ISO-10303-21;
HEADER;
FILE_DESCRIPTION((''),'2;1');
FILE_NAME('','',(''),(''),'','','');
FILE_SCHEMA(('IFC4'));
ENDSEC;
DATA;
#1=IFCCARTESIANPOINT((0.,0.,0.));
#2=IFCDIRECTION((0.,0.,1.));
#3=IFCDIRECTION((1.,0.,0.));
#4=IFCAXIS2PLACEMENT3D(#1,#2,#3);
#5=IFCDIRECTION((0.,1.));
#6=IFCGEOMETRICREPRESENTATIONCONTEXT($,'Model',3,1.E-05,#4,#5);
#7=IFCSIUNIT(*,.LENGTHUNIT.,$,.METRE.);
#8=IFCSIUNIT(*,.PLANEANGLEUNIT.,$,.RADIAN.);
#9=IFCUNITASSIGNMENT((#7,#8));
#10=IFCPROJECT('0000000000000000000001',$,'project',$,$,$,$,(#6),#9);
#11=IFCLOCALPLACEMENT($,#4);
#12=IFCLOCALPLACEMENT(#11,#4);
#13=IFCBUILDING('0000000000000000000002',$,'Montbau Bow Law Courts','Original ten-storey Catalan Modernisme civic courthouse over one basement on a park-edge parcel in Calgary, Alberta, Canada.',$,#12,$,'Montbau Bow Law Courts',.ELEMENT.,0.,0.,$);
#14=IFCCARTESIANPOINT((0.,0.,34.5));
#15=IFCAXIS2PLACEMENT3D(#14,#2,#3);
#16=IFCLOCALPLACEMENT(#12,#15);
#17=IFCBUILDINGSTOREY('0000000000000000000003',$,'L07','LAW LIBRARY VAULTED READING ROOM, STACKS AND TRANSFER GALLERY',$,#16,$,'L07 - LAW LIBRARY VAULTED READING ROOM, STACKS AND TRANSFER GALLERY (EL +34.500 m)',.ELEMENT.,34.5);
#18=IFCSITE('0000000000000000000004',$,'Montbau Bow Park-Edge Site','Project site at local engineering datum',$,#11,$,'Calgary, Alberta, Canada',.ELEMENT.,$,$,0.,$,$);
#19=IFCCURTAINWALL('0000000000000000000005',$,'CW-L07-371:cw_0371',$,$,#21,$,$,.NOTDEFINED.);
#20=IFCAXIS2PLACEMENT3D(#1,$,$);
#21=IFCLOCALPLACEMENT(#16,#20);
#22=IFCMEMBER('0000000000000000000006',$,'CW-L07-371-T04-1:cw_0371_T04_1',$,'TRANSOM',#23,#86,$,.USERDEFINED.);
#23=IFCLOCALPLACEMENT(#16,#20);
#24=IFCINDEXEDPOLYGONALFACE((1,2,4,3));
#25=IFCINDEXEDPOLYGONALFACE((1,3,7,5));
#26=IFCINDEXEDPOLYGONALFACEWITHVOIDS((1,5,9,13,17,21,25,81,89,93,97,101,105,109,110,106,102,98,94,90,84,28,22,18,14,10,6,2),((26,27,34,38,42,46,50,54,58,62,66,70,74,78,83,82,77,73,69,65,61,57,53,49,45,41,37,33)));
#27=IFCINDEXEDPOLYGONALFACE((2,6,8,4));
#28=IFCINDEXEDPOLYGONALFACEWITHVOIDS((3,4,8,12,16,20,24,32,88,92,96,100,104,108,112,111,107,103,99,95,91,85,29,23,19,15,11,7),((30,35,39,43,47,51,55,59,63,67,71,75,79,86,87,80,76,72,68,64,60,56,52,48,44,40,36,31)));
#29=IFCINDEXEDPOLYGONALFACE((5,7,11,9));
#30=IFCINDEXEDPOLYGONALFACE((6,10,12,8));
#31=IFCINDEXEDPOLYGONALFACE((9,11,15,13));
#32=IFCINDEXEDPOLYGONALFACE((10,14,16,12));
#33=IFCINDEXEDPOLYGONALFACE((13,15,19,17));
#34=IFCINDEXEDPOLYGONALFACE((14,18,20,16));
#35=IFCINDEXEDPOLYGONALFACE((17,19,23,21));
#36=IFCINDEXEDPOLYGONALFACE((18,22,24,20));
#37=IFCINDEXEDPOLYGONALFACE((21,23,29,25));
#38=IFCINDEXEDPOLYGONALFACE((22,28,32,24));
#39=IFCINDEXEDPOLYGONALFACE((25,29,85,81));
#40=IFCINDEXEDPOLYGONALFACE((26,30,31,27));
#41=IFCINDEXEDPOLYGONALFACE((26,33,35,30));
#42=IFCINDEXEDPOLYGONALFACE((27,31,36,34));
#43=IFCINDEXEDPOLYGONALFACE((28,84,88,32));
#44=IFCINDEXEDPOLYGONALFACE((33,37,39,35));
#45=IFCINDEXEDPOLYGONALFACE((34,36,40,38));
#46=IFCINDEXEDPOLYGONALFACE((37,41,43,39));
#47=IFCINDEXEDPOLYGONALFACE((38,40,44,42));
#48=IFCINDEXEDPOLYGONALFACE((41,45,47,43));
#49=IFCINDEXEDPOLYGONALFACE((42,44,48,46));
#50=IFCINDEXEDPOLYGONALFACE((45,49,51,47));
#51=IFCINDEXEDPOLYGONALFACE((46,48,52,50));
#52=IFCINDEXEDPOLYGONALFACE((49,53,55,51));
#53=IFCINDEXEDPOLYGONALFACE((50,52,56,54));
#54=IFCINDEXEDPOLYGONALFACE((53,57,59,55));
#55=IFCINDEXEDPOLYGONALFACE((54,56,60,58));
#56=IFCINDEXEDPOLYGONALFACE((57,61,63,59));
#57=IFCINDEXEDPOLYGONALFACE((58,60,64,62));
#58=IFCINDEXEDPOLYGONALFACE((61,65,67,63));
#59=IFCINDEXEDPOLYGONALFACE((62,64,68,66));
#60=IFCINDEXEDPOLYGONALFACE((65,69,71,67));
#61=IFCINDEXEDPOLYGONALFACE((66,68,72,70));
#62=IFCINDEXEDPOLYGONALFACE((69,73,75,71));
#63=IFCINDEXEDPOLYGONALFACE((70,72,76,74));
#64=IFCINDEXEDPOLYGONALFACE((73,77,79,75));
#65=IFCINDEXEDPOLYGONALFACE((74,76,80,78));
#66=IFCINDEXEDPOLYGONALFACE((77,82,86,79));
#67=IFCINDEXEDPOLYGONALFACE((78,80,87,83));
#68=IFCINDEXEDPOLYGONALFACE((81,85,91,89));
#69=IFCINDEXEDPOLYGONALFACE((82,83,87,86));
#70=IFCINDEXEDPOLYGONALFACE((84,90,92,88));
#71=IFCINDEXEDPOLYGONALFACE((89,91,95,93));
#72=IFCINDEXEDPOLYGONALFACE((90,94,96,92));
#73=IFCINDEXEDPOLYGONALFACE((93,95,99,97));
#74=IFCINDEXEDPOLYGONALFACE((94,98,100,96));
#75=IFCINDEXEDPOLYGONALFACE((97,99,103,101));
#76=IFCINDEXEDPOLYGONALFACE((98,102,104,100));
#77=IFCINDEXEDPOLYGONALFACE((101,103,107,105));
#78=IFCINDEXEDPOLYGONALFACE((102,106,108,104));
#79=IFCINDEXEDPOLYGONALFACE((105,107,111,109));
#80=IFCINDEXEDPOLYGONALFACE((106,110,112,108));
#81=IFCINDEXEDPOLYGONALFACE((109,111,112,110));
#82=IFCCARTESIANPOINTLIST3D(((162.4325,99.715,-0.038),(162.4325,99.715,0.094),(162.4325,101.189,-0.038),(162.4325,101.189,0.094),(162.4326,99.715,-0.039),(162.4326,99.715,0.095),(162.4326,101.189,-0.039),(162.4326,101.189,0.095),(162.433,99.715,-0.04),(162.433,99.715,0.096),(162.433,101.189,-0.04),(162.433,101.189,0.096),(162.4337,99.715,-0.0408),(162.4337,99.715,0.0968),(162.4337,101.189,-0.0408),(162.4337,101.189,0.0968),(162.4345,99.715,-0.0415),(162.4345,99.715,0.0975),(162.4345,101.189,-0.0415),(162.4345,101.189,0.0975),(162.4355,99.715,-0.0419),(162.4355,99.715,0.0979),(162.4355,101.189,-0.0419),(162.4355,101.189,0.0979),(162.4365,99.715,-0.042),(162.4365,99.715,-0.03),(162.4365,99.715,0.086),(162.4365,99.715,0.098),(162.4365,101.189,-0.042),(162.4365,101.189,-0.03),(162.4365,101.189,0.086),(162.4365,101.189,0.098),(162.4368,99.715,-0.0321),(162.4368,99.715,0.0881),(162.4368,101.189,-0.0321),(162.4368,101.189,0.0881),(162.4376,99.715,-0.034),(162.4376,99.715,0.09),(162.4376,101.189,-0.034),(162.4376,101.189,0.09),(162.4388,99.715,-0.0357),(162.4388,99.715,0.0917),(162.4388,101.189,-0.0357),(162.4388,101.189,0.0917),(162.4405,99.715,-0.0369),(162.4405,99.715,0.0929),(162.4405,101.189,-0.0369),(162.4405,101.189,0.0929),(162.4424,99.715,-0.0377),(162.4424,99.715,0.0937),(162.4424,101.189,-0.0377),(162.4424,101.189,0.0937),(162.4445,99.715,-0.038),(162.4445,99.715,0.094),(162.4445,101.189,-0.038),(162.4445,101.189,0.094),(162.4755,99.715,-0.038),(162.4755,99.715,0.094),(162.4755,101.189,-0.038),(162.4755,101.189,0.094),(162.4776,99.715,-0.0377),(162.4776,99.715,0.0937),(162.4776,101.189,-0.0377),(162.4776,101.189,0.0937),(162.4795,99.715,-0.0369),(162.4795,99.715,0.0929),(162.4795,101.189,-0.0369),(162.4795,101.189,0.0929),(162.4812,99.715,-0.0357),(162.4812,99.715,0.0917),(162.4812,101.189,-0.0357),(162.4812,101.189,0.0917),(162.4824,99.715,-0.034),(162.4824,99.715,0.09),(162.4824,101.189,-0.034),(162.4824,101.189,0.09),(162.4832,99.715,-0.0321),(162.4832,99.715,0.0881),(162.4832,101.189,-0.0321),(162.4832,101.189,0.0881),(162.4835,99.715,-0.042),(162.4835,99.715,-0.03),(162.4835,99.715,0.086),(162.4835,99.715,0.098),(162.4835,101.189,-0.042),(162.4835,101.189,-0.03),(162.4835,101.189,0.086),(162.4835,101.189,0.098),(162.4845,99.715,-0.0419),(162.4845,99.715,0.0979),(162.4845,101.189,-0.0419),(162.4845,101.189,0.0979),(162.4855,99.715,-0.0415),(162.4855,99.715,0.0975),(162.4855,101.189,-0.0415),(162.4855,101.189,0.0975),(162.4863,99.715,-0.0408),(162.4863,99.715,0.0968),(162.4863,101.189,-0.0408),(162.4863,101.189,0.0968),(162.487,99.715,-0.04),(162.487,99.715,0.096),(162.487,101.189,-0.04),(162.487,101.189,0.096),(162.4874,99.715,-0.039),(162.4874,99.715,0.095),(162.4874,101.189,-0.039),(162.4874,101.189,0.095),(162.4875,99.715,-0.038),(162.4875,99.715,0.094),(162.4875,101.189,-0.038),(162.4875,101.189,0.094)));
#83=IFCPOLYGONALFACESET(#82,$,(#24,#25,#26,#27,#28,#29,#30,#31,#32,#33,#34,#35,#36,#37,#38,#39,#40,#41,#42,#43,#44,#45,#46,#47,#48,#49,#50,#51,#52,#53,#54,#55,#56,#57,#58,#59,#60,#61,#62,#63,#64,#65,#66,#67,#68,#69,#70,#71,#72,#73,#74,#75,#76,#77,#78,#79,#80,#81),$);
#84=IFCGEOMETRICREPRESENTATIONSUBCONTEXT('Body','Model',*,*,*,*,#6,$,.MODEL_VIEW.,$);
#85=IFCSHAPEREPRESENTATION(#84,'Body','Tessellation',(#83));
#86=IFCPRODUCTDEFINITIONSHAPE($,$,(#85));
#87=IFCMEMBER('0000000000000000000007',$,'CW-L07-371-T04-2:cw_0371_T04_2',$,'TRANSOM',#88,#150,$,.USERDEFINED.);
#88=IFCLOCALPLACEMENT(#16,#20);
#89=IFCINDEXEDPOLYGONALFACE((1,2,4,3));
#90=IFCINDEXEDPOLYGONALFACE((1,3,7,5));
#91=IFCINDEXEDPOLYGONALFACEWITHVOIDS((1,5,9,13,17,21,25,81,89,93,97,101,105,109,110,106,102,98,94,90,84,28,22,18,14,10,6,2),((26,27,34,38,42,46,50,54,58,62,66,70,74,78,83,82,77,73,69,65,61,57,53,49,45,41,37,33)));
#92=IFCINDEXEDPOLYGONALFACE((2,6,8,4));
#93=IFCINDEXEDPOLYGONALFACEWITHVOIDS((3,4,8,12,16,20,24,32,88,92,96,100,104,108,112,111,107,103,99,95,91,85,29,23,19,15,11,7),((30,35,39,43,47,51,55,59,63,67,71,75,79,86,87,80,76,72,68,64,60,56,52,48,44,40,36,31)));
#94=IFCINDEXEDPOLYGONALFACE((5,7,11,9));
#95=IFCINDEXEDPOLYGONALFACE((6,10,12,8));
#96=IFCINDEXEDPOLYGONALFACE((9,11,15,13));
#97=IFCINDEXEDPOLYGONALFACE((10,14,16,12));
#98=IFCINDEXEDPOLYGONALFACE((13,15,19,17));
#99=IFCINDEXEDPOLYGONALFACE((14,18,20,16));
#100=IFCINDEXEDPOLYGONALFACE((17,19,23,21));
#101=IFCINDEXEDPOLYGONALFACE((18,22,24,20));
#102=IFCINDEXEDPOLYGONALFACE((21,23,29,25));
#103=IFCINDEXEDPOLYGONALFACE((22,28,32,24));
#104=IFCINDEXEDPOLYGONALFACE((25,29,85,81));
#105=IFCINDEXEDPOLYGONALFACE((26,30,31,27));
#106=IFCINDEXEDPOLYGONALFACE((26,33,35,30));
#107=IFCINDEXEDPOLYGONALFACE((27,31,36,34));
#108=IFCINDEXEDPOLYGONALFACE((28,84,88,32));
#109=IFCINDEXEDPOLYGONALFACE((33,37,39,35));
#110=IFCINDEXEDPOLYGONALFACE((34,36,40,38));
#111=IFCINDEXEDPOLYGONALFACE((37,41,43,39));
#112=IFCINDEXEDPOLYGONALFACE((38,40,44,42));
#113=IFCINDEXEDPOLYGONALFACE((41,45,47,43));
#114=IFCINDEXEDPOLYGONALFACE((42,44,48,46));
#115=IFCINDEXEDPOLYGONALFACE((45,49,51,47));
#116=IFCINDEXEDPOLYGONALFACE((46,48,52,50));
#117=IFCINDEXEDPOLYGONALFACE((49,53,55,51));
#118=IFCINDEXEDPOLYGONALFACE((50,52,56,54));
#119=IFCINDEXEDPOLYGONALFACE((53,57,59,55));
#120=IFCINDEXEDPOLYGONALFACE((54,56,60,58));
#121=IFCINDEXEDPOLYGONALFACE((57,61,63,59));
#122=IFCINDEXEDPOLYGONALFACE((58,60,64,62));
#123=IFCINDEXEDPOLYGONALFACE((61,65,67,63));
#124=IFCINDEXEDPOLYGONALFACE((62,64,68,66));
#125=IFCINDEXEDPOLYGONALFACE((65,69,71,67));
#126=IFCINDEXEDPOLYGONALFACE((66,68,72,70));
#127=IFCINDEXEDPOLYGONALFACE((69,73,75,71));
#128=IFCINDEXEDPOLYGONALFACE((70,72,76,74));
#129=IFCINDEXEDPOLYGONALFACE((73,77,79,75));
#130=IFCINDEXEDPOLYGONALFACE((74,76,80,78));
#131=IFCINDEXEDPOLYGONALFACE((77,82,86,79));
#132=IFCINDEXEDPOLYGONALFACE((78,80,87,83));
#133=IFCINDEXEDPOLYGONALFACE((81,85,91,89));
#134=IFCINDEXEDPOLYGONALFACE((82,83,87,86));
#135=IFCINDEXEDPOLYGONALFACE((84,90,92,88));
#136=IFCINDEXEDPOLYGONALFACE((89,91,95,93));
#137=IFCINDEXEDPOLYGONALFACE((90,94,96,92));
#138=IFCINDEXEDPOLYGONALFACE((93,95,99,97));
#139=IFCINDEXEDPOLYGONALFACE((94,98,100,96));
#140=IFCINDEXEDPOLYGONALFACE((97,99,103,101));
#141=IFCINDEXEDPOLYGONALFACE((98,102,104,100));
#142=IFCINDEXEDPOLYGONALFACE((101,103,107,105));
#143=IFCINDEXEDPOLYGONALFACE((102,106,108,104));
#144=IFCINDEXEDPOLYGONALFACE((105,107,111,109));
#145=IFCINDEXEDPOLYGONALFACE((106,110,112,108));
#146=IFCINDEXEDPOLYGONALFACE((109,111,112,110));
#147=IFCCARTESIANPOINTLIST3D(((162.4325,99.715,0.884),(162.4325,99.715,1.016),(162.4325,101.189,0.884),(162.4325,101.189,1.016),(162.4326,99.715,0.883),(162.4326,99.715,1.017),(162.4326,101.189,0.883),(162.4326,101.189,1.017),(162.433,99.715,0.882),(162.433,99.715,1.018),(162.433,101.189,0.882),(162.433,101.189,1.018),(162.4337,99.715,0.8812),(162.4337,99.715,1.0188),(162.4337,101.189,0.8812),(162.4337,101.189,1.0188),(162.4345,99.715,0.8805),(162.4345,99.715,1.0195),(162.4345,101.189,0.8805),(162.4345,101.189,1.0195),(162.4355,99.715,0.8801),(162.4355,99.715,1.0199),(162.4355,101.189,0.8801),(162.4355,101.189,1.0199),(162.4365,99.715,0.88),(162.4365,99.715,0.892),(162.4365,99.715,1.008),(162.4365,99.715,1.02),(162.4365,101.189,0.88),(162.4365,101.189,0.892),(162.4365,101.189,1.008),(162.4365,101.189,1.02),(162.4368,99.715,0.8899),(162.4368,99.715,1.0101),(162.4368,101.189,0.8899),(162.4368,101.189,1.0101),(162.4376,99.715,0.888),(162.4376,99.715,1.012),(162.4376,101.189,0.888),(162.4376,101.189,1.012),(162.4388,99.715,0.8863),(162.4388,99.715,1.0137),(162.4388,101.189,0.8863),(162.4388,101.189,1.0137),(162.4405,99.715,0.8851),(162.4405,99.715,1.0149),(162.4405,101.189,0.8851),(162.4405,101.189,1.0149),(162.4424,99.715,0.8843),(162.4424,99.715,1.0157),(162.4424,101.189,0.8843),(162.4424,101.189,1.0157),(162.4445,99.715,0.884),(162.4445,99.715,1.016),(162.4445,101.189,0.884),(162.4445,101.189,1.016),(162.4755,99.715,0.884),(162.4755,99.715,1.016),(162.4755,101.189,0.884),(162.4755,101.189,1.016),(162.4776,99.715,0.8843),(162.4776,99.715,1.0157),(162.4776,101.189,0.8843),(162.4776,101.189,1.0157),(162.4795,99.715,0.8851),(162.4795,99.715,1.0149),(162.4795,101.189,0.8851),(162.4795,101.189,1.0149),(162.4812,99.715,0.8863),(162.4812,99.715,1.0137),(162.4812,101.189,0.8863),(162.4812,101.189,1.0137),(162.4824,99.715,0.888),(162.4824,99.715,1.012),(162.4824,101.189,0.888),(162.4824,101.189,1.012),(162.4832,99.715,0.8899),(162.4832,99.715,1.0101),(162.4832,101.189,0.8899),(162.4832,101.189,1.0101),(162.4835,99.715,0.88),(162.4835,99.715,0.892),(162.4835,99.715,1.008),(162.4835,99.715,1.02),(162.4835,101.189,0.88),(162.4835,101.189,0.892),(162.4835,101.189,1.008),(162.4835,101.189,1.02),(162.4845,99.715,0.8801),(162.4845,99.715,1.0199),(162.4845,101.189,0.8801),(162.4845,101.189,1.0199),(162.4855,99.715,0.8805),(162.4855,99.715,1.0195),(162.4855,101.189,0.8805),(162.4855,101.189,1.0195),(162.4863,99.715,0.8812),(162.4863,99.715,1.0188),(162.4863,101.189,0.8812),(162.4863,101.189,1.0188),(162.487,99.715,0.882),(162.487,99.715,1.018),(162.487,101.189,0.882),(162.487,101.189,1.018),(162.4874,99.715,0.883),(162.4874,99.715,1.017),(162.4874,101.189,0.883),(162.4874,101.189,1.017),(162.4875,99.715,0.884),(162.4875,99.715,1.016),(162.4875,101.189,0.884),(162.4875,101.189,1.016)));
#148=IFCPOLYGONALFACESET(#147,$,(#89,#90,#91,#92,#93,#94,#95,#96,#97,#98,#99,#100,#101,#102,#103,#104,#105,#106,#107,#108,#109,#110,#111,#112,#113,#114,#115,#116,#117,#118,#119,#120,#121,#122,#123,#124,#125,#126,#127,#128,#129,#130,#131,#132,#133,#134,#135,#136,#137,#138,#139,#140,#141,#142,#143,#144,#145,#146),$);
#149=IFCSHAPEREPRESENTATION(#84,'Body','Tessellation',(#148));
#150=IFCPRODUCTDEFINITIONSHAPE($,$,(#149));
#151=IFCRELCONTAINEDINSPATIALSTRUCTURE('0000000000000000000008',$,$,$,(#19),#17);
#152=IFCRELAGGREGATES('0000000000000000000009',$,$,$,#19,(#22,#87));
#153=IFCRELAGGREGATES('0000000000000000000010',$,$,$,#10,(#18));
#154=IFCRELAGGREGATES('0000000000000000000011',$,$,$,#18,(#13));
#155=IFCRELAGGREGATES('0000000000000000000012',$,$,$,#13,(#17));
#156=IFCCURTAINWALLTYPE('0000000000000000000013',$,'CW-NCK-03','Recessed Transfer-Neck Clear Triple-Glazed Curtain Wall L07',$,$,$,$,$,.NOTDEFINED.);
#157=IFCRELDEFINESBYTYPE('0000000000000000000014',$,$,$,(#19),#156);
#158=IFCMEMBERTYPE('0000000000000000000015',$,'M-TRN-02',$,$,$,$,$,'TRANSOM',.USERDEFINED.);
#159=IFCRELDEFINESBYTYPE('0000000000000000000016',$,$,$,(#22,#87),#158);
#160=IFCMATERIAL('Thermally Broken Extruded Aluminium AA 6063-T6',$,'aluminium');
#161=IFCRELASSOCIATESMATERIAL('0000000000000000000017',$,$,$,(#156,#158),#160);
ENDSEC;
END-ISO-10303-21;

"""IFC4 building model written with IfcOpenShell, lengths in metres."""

from ifc_helpers import new_model, si_unit, direction, frame, origin_with_axes, origin_2d_with_axis, place, context, subcontext, project, spatial, hollow_rectangle, extrude, material, material_profile, profile_set, type_object, element, aggregate, save


model = new_model("IFC4")

# Units and contexts
model_context = context("Model", 3, precision=1e-05, world=origin_with_axes(), true_north=direction((0.0, 1.0)))
body_context = subcontext(model_context, "Body", "Model", "MODEL_VIEW")
ifc_project = project(units=[si_unit("LENGTHUNIT", "METRE"), si_unit("PLANEANGLEUNIT", "RADIAN")], contexts=[model_context])

# Site, building, storey
site_placement = place(None, origin_with_axes())
site = spatial("IfcSite", under=ifc_project, at=site_placement, Name="Montbau Bow Park-Edge Site", Description="Project site at local engineering datum", LongName="Calgary, Alberta, Canada", CompositionType="ELEMENT", RefElevation=0.0)
building_placement = place(site_placement, origin_with_axes())
building = spatial("IfcBuilding", under=site, at=building_placement, Name="Montbau Bow Law Courts", Description="Original ten-storey Catalan Modernisme civic courthouse over one basement on a park-edge parcel in Calgary, Alberta, Canada.", LongName="Montbau Bow Law Courts", CompositionType="ELEMENT", ElevationOfRefHeight=0.0, ElevationOfTerrain=0.0)
storey_placement = place(building_placement, frame((0.0, 0.0, 34.5), z_axis=(0.0, 0.0, 1.0), x_axis=(1.0, 0.0, 0.0)))
storey = spatial("IfcBuildingStorey", under=building, at=storey_placement, Name="L07", Description="LAW LIBRARY VAULTED READING ROOM, STACKS AND TRANSFER GALLERY", LongName="L07 - LAW LIBRARY VAULTED READING ROOM, STACKS AND TRANSFER GALLERY (EL +34.500 m)", CompositionType="ELEMENT", Elevation=34.5)

# Curtain wall, members
ifc_material_1 = material(Name="Thermally Broken Extruded Aluminium AA 6063-T6", Category="aluminium")
curtain_wall_type = type_object("IfcCurtainWallType", Name="CW-NCK-03", Description="Recessed Transfer-Neck Clear Triple-Glazed Curtain Wall L07", PredefinedType="NOTDEFINED", material=ifc_material_1)
curtain_wall_placement = place(None, frame((162.46, 95.067, 34.5), z_axis=(0.0, 0.0, 1.0), x_axis=(1.0, 0.0, 0.0)))
curtain_wall = element("IfcCurtainWall", 1, at=curtain_wall_placement, inside=storey, type_object=curtain_wall_type, Name="CW-L07-371:cw_0371", PredefinedType="NOTDEFINED")
ifc_material_profile_1 = material_profile(ifc_material_1, hollow_rectangle(XDim=0.055, YDim=0.14, WallThickness=0.004, InnerFilletRadius=0.008, OuterFilletRadius=0.004, at=origin_2d_with_axis()), Name="CWT-140X55", Category="Main", Priority=0)
ifc_profile_set_1 = profile_set([ifc_material_profile_1], Name="Thermally Broken Extruded Aluminium AA 6063-T6")
member_type_1 = type_object("IfcMemberType", Name="M-TRN-02", ElementType="TRANSOM", PredefinedType="USERDEFINED", material=ifc_profile_set_1)
member_1_placement = place(None, frame((162.46, 99.715, 34.528), z_axis=(0.0, 1.0, 0.0), x_axis=(-1.0, 0.0, 0.0)))
member_1 = element("IfcMember", 2, at=member_1_placement, type_object=member_type_1, Name="CW-L07-371-T04-1:cw_0371_T04_1", ObjectType="TRANSOM", PredefinedType="USERDEFINED", context=body_context, shape_type="SweptSolid", body=[
    extrude(hollow_rectangle(XDim=0.055, YDim=0.14, WallThickness=0.004, InnerFilletRadius=0.008, OuterFilletRadius=0.004, at=origin_2d_with_axis()), origin_with_axes(), (0.0, 0.0, 1.0), 1.474),
])
member_2_placement = place(None, frame((162.46, 99.715, 35.45), z_axis=(0.0, 1.0, 0.0), x_axis=(-1.0, 0.0, 0.0)))
member_2 = element("IfcMember", 3, at=member_2_placement, type_object=member_type_1, Name="CW-L07-371-T04-2:cw_0371_T04_2", ObjectType="TRANSOM", PredefinedType="USERDEFINED", context=body_context, shape_type="SweptSolid", body=[
    extrude(hollow_rectangle(XDim=0.055, YDim=0.14, WallThickness=0.004, InnerFilletRadius=0.008, OuterFilletRadius=0.004, at=origin_2d_with_axis()), origin_with_axes(), (0.0, 0.0, 1.0), 1.474),
])
aggregate(curtain_wall, [member_1, member_2])

save(model, "model.ifc")
